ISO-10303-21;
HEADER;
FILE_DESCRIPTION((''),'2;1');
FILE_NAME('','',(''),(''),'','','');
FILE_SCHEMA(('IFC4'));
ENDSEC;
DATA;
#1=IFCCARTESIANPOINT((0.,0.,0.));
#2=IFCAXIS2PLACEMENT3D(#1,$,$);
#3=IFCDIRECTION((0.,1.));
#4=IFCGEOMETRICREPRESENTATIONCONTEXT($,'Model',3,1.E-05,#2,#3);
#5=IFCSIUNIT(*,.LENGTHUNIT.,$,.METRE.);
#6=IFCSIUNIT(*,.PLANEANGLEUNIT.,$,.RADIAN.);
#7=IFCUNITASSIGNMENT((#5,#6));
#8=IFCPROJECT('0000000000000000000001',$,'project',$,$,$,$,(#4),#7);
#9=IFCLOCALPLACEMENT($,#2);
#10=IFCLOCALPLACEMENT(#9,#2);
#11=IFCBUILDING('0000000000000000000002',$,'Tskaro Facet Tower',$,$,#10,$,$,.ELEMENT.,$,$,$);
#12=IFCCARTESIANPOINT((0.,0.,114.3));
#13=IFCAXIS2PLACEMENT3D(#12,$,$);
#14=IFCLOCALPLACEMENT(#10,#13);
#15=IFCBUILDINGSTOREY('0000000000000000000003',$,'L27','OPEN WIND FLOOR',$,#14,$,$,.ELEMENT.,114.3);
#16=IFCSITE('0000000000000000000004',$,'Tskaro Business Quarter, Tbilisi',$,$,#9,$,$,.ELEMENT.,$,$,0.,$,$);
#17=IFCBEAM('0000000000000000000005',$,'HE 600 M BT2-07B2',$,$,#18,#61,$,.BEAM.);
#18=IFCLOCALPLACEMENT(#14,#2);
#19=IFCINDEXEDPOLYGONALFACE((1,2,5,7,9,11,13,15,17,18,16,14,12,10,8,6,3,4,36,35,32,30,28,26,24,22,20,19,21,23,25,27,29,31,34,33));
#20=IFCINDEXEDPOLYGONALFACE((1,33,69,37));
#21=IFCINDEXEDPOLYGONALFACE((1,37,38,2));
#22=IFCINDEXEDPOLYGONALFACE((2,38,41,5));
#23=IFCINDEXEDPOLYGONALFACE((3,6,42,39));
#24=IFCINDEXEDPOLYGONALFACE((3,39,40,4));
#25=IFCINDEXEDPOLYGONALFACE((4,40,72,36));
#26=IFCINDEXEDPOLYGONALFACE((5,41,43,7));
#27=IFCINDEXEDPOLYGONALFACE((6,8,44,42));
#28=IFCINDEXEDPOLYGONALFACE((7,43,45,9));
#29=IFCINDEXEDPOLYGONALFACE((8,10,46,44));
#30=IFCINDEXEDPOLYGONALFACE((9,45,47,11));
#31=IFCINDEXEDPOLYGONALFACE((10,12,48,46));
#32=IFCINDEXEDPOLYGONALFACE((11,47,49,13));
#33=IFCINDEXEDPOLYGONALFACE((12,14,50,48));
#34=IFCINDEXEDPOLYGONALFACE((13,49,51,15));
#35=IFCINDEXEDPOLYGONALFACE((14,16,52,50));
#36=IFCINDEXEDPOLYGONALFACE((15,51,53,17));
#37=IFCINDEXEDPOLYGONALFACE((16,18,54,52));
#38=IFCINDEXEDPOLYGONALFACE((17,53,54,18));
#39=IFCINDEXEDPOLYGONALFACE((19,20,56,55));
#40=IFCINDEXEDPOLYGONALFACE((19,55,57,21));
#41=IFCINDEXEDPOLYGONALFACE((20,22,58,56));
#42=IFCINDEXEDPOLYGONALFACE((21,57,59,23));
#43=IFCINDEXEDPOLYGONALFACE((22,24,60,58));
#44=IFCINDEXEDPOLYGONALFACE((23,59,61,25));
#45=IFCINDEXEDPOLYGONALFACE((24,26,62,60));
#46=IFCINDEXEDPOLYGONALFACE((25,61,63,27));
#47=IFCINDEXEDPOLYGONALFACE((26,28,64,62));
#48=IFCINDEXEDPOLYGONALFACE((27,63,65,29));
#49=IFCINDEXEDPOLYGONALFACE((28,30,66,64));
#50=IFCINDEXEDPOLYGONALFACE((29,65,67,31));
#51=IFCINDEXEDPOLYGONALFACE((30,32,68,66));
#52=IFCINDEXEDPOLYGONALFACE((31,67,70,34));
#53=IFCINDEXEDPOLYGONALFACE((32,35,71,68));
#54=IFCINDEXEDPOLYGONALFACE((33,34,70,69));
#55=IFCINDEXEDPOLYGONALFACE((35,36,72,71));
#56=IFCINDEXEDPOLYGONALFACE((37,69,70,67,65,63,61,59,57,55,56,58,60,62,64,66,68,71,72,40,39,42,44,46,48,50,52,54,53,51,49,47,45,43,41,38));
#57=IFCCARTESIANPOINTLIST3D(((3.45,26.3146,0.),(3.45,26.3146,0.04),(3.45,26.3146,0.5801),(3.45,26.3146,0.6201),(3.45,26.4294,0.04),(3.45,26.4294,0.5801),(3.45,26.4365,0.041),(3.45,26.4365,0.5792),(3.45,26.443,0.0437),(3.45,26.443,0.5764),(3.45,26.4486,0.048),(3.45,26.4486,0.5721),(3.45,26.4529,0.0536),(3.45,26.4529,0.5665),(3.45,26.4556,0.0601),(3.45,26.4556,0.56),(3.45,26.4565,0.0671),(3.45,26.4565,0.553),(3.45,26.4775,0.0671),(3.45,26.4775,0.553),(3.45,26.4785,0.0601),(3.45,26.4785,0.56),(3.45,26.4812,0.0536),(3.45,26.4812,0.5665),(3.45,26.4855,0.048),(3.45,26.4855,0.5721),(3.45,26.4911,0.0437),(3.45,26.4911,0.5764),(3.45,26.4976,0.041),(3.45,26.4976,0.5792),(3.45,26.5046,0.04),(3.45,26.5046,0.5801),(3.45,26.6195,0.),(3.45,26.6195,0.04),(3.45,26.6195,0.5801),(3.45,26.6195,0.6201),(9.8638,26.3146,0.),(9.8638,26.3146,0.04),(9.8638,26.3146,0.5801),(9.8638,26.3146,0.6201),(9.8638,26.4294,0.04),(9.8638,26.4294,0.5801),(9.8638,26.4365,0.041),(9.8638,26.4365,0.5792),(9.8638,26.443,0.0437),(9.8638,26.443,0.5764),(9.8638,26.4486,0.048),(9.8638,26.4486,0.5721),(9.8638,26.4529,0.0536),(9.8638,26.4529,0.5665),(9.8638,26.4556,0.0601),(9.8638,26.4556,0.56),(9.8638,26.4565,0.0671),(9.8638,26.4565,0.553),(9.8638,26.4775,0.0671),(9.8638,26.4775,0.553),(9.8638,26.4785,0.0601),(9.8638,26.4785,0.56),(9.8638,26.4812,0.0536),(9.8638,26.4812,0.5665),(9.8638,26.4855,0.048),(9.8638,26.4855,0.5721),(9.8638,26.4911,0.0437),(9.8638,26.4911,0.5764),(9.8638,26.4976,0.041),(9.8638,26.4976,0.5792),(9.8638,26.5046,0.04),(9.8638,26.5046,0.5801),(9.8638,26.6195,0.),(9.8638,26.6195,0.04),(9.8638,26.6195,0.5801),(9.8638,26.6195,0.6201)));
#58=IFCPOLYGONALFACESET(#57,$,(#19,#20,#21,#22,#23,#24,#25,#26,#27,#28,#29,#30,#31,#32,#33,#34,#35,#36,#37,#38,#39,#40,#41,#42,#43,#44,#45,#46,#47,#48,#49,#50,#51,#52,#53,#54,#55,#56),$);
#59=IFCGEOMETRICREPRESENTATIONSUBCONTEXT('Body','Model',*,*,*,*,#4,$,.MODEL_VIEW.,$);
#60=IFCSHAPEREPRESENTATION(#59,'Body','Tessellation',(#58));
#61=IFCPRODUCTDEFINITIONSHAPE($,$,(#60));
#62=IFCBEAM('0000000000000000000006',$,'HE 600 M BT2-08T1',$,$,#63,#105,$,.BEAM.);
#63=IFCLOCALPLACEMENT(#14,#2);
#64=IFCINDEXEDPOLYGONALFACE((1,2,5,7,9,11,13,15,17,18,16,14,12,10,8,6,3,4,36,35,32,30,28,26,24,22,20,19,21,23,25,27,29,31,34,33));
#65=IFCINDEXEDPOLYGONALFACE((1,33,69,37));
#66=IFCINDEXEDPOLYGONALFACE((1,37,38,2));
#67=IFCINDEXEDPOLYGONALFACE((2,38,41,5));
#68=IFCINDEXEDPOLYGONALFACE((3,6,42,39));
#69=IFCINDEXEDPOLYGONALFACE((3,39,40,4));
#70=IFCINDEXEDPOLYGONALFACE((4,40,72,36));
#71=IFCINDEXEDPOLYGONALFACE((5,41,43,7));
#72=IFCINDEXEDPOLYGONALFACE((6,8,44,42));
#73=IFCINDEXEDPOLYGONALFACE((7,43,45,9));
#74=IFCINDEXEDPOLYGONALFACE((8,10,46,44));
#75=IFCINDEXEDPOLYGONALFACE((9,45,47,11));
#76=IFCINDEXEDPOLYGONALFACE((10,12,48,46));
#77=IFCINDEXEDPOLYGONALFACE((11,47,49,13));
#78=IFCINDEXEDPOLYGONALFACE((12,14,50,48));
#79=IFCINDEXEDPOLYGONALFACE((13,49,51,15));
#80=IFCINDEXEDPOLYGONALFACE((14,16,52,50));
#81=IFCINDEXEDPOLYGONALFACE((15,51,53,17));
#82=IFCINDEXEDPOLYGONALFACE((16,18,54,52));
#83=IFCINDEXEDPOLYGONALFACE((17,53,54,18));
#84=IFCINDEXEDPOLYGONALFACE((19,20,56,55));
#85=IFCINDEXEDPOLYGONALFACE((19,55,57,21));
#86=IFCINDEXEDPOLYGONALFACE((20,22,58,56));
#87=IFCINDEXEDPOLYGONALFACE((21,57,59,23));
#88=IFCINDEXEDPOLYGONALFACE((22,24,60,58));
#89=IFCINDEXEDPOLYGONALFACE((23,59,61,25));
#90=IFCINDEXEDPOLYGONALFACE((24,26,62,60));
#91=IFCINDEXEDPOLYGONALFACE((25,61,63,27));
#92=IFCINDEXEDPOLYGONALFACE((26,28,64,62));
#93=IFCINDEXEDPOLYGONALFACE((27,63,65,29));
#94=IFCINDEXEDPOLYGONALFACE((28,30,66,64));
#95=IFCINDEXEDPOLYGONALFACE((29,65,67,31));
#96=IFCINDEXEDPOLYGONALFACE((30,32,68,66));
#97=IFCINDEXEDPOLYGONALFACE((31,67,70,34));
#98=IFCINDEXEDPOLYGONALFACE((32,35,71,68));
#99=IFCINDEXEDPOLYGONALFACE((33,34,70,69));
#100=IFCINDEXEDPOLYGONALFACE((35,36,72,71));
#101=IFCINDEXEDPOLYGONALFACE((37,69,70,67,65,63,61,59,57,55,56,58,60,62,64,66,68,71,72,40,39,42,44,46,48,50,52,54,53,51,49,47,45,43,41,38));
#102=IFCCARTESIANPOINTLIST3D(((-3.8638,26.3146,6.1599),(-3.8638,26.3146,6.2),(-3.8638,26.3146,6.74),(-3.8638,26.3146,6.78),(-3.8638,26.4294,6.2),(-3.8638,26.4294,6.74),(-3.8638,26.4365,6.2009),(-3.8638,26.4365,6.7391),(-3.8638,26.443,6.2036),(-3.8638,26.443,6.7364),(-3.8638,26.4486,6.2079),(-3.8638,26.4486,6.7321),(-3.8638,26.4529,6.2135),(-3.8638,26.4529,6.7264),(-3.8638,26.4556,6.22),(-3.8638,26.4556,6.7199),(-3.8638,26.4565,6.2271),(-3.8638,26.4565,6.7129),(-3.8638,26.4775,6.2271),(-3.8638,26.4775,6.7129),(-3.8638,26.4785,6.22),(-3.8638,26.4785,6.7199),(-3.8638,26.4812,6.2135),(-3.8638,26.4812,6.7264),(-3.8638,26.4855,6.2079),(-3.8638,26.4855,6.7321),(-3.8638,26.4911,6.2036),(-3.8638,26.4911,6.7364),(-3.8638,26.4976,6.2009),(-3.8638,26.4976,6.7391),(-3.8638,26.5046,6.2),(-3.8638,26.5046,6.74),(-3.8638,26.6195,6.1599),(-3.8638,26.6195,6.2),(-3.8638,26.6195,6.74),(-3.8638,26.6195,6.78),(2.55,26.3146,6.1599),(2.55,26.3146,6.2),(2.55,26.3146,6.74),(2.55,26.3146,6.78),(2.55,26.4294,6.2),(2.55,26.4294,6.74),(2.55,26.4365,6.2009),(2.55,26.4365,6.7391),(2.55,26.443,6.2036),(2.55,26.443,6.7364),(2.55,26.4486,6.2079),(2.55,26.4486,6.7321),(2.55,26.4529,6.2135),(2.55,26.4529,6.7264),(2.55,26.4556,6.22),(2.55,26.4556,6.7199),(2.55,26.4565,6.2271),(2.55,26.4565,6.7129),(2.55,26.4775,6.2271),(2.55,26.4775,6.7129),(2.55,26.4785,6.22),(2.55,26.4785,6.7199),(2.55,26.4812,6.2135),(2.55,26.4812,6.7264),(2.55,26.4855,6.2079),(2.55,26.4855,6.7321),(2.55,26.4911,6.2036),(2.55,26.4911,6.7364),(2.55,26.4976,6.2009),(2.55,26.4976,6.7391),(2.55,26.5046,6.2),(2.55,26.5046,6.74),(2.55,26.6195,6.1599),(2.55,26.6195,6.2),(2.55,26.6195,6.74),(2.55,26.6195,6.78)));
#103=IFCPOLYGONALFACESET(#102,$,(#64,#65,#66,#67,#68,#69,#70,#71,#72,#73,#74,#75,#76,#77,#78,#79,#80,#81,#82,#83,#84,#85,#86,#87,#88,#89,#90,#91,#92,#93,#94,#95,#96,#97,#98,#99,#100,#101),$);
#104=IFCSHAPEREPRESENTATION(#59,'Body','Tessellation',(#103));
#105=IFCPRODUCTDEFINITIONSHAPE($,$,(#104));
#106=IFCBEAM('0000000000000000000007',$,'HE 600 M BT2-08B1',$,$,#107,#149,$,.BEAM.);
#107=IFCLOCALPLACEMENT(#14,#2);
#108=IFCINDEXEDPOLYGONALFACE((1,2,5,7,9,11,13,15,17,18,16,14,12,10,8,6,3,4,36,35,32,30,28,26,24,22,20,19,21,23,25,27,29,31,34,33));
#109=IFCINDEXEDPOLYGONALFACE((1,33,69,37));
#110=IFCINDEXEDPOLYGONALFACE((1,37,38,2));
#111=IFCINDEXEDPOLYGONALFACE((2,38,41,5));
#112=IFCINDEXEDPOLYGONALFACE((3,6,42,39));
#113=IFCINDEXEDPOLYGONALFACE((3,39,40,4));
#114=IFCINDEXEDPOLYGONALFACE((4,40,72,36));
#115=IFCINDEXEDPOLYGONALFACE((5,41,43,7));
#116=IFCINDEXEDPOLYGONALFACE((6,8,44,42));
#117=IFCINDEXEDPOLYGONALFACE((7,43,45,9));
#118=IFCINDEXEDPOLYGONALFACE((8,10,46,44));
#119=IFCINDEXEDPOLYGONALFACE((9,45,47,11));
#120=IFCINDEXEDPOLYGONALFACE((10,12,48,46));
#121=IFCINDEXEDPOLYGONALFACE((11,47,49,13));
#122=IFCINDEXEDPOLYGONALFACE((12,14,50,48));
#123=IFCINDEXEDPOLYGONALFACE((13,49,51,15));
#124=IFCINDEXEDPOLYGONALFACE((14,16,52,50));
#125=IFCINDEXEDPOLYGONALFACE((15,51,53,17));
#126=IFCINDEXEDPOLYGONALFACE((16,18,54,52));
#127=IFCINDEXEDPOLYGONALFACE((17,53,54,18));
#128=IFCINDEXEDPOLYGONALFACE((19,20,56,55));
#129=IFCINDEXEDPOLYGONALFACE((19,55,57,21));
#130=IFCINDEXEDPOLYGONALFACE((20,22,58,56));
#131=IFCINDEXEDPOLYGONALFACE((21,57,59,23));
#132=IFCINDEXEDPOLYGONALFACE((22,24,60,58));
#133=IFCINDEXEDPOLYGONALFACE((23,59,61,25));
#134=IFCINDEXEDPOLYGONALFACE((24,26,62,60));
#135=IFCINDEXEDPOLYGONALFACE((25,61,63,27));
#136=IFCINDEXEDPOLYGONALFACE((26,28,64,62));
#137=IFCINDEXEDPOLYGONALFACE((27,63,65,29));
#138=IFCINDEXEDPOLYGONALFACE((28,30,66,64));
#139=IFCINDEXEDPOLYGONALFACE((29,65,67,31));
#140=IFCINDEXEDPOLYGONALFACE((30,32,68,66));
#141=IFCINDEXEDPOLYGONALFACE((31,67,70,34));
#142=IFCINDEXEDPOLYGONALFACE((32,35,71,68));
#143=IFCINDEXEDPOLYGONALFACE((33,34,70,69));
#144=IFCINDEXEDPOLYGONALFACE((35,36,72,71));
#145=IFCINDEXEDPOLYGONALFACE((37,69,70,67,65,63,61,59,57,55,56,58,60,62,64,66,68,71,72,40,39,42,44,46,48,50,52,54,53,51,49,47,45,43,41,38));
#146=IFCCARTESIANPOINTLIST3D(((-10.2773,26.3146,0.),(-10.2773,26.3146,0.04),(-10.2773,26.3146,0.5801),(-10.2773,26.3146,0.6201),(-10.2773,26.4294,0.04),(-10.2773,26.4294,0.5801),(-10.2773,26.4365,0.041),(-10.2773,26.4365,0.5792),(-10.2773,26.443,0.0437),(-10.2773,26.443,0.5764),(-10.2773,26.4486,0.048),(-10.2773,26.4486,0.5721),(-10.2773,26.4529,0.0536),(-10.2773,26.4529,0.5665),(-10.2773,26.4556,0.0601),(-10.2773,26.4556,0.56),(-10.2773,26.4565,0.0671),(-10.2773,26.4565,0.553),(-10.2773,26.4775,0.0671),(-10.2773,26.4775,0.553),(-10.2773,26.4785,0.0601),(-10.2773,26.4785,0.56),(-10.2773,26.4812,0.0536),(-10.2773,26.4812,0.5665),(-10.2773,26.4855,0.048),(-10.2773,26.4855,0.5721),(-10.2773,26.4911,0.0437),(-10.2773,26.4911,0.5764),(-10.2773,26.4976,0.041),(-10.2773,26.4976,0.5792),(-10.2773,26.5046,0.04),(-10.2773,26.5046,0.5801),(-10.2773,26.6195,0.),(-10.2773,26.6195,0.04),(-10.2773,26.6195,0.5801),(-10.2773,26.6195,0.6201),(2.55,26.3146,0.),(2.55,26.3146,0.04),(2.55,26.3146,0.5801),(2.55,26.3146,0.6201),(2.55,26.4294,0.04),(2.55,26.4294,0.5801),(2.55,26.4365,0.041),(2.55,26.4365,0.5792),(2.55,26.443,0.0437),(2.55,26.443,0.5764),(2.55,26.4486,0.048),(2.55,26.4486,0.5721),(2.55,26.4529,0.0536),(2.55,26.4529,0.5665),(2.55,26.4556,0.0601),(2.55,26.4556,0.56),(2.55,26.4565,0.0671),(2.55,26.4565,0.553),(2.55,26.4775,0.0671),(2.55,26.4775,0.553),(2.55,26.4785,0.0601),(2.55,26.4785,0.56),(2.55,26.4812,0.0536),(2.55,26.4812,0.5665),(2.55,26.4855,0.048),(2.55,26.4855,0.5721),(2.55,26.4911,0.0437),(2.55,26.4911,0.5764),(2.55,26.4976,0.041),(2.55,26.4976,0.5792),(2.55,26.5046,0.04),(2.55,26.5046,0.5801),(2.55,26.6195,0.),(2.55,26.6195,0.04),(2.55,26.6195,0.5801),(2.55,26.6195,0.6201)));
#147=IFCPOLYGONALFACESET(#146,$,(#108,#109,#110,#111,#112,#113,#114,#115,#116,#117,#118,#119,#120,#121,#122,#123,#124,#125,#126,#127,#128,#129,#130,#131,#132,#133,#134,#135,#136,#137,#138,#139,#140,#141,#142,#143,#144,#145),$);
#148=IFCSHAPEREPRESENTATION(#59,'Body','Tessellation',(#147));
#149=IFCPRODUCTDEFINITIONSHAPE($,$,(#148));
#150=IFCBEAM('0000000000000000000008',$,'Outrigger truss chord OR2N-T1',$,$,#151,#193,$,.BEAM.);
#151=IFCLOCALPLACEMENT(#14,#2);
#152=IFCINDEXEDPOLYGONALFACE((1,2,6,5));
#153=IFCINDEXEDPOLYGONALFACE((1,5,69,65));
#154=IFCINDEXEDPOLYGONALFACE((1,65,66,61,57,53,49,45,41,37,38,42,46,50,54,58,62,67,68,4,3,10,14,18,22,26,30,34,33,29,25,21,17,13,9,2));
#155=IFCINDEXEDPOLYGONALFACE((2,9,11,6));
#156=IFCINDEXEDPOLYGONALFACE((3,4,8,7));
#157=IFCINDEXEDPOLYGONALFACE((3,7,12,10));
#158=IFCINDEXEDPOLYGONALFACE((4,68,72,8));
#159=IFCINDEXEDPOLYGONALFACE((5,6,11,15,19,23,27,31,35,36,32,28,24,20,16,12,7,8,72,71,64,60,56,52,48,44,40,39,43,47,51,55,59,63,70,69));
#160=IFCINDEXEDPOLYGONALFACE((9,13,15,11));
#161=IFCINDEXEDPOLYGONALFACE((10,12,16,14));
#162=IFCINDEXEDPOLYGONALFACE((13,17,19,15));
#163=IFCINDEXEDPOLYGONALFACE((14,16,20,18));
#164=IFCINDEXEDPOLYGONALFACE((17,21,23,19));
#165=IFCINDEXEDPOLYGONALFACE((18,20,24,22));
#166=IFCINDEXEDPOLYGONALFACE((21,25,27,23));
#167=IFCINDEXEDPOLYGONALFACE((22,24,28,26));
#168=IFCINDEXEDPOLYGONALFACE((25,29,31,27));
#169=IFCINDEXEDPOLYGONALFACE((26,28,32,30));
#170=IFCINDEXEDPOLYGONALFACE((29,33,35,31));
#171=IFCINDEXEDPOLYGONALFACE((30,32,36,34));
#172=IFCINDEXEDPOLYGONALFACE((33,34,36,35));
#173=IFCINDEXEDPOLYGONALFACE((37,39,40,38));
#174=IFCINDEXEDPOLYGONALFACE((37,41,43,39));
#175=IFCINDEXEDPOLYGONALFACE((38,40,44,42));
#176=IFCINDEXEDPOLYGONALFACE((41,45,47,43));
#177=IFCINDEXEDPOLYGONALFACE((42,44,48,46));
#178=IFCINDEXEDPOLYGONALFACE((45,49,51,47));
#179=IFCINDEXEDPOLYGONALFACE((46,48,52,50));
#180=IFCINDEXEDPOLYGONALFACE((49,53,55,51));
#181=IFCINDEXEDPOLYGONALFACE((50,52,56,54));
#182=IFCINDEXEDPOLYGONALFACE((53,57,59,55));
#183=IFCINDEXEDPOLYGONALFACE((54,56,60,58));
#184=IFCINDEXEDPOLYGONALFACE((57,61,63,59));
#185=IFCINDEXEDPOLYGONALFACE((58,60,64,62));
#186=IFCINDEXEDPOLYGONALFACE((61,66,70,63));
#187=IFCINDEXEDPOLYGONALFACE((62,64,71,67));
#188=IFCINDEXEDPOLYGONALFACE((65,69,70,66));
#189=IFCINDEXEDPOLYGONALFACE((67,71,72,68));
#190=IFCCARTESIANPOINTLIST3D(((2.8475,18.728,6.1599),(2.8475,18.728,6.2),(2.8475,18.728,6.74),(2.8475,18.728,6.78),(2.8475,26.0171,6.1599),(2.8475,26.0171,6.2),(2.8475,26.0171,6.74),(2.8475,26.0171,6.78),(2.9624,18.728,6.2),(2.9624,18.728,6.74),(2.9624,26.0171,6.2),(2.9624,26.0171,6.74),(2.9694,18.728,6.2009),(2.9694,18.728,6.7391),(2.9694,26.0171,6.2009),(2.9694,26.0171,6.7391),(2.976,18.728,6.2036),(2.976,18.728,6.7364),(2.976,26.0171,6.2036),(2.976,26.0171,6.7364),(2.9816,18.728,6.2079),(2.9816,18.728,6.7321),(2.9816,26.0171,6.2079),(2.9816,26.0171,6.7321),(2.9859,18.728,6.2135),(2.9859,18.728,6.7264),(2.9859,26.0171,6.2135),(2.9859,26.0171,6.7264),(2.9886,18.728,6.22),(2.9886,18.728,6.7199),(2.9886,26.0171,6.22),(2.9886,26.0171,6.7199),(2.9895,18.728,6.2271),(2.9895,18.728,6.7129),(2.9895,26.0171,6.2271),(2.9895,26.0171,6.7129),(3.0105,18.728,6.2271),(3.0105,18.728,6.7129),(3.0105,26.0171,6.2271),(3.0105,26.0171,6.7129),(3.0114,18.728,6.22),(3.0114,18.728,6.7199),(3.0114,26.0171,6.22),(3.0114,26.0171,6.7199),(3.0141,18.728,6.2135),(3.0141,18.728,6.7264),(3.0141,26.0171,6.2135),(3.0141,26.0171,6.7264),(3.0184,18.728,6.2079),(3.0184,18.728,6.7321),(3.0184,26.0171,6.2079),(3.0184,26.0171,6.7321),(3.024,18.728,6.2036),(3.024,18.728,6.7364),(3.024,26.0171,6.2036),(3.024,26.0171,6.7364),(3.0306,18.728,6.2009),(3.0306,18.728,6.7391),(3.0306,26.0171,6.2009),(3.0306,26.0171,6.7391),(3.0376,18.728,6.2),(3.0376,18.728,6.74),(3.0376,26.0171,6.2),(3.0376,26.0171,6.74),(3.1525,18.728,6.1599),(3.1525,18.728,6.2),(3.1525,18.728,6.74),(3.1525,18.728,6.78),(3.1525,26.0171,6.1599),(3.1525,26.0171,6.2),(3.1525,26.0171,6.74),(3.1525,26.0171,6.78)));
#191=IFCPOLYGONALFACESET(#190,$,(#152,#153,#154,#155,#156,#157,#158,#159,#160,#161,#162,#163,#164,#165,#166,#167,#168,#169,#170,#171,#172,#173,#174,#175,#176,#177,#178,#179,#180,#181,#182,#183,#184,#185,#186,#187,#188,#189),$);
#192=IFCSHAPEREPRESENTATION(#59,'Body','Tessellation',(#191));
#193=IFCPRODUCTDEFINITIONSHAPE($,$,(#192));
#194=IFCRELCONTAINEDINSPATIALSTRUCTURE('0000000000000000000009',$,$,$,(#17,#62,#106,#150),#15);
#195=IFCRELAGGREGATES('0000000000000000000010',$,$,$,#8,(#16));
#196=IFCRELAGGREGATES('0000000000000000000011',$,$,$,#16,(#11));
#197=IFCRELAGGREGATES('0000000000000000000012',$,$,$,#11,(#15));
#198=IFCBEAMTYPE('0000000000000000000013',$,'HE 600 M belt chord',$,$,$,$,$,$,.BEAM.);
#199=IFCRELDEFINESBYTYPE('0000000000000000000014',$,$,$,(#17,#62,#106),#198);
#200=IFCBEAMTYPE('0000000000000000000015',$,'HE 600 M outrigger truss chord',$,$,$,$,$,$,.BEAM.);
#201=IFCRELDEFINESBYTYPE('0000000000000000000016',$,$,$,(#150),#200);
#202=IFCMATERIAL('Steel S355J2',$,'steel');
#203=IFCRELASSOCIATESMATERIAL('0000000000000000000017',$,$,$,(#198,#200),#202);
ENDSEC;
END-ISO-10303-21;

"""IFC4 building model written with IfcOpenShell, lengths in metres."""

from ifc_helpers import new_model, si_unit, direction, frame, origin, origin_2d, place, context, subcontext, project, spatial, i_section, extrude, material, material_profile, profile_set, type_object, element, save


model = new_model("IFC4")

# Units and contexts
model_context = context("Model", 3, precision=1e-05, world=origin(), true_north=direction((0.0, 1.0)))
body_context = subcontext(model_context, "Body", "Model", "MODEL_VIEW")
ifc_project = project(units=[si_unit("LENGTHUNIT", "METRE"), si_unit("PLANEANGLEUNIT", "RADIAN")], contexts=[model_context])

# Site, building, storey
site_placement = place(None, origin())
site = spatial("IfcSite", under=ifc_project, at=site_placement, Name="Tskaro Business Quarter, Tbilisi", CompositionType="ELEMENT", RefElevation=0.0)
building_placement = place(site_placement, origin())
building = spatial("IfcBuilding", under=site, at=building_placement, Name="Tskaro Facet Tower", CompositionType="ELEMENT")
storey_placement = place(building_placement, frame((0.0, 0.0, 114.3)))
storey = spatial("IfcBuildingStorey", under=building, at=storey_placement, Name="L27", Description="OPEN WIND FLOOR", CompositionType="ELEMENT", Elevation=114.3)

# Shared definitions
ifc_material_1 = material(Name="Steel S355J2", Category="steel")

# Beams
ifc_material_profile_1 = material_profile(ifc_material_1, i_section(OverallWidth=0.3049, OverallDepth=0.6201, WebThickness=0.021, FlangeThickness=0.04, FilletRadius=0.0271, at=origin_2d()), Name="HE 600 M")
ifc_profile_set_1 = profile_set([ifc_material_profile_1], Name="Steel S355J2")
beam_type_1 = type_object("IfcBeamType", Name="HE 600 M belt chord", PredefinedType="BEAM", material=ifc_profile_set_1)
for number, where, z_axis, x_axis, name in (
    (1, (9.8638, 26.467, 0.3101), (-1.0, 0.0, 0.0), (0.0, -1.0, 0.0), "HE 600 M BT2-07B2"),
    (2, (2.55, 26.467, 6.47), (-1.0, 0.0, 0.0), (0.0, -1.0, 0.0), "HE 600 M BT2-08T1"),
):
    element("IfcBeam", number, at=place(storey_placement, frame(where, z_axis=z_axis, x_axis=x_axis)), inside=storey, type_object=beam_type_1, Name=name, PredefinedType="BEAM", context=body_context, shape_type="SweptSolid", body=[
        extrude(i_section(OverallWidth=0.3049, OverallDepth=0.6201, WebThickness=0.021, FlangeThickness=0.04, FilletRadius=0.0271, at=origin_2d()), origin(), (0.0, 0.0, 1.0), 6.4138),
    ])
beam_1_placement = place(storey_placement, frame((2.55, 26.467, 0.3101), z_axis=(-1.0, 0.0, 0.0), x_axis=(0.0, -1.0, 0.0)))
element("IfcBeam", 3, at=beam_1_placement, inside=storey, type_object=beam_type_1, Name="HE 600 M BT2-08B1", PredefinedType="BEAM", context=body_context, shape_type="SweptSolid", body=[
    extrude(i_section(OverallWidth=0.3049, OverallDepth=0.6201, WebThickness=0.021, FlangeThickness=0.04, FilletRadius=0.0271, at=origin_2d()), origin(), (0.0, 0.0, 1.0), 12.8274),
])
ifc_material_profile_2 = material_profile(ifc_material_1, i_section(OverallWidth=0.3049, OverallDepth=0.6201, WebThickness=0.021, FlangeThickness=0.04, FilletRadius=0.0271, at=origin_2d()), Name="HE 600 M")
ifc_profile_set_2 = profile_set([ifc_material_profile_2], Name="Steel S355J2")
beam_type_2 = type_object("IfcBeamType", Name="HE 600 M outrigger truss chord", PredefinedType="BEAM", material=ifc_profile_set_2)
for number, where, z_axis, x_axis, name in (
    (4, (3.0, 26.0171, 6.47), (0.0, -1.0, 0.0), (1.0, 0.0, 0.0), "Outrigger truss chord OR2N-T1"),
):
    element("IfcBeam", number, at=place(storey_placement, frame(where, z_axis=z_axis, x_axis=x_axis)), inside=storey, type_object=beam_type_2, Name=name, PredefinedType="BEAM", context=body_context, shape_type="SweptSolid", body=[
        extrude(i_section(OverallWidth=0.3049, OverallDepth=0.6201, WebThickness=0.021, FlangeThickness=0.04, FilletRadius=0.0271, at=origin_2d()), origin(), (0.0, 0.0, 1.0), 7.2891),
    ])

save(model, "model.ifc")
